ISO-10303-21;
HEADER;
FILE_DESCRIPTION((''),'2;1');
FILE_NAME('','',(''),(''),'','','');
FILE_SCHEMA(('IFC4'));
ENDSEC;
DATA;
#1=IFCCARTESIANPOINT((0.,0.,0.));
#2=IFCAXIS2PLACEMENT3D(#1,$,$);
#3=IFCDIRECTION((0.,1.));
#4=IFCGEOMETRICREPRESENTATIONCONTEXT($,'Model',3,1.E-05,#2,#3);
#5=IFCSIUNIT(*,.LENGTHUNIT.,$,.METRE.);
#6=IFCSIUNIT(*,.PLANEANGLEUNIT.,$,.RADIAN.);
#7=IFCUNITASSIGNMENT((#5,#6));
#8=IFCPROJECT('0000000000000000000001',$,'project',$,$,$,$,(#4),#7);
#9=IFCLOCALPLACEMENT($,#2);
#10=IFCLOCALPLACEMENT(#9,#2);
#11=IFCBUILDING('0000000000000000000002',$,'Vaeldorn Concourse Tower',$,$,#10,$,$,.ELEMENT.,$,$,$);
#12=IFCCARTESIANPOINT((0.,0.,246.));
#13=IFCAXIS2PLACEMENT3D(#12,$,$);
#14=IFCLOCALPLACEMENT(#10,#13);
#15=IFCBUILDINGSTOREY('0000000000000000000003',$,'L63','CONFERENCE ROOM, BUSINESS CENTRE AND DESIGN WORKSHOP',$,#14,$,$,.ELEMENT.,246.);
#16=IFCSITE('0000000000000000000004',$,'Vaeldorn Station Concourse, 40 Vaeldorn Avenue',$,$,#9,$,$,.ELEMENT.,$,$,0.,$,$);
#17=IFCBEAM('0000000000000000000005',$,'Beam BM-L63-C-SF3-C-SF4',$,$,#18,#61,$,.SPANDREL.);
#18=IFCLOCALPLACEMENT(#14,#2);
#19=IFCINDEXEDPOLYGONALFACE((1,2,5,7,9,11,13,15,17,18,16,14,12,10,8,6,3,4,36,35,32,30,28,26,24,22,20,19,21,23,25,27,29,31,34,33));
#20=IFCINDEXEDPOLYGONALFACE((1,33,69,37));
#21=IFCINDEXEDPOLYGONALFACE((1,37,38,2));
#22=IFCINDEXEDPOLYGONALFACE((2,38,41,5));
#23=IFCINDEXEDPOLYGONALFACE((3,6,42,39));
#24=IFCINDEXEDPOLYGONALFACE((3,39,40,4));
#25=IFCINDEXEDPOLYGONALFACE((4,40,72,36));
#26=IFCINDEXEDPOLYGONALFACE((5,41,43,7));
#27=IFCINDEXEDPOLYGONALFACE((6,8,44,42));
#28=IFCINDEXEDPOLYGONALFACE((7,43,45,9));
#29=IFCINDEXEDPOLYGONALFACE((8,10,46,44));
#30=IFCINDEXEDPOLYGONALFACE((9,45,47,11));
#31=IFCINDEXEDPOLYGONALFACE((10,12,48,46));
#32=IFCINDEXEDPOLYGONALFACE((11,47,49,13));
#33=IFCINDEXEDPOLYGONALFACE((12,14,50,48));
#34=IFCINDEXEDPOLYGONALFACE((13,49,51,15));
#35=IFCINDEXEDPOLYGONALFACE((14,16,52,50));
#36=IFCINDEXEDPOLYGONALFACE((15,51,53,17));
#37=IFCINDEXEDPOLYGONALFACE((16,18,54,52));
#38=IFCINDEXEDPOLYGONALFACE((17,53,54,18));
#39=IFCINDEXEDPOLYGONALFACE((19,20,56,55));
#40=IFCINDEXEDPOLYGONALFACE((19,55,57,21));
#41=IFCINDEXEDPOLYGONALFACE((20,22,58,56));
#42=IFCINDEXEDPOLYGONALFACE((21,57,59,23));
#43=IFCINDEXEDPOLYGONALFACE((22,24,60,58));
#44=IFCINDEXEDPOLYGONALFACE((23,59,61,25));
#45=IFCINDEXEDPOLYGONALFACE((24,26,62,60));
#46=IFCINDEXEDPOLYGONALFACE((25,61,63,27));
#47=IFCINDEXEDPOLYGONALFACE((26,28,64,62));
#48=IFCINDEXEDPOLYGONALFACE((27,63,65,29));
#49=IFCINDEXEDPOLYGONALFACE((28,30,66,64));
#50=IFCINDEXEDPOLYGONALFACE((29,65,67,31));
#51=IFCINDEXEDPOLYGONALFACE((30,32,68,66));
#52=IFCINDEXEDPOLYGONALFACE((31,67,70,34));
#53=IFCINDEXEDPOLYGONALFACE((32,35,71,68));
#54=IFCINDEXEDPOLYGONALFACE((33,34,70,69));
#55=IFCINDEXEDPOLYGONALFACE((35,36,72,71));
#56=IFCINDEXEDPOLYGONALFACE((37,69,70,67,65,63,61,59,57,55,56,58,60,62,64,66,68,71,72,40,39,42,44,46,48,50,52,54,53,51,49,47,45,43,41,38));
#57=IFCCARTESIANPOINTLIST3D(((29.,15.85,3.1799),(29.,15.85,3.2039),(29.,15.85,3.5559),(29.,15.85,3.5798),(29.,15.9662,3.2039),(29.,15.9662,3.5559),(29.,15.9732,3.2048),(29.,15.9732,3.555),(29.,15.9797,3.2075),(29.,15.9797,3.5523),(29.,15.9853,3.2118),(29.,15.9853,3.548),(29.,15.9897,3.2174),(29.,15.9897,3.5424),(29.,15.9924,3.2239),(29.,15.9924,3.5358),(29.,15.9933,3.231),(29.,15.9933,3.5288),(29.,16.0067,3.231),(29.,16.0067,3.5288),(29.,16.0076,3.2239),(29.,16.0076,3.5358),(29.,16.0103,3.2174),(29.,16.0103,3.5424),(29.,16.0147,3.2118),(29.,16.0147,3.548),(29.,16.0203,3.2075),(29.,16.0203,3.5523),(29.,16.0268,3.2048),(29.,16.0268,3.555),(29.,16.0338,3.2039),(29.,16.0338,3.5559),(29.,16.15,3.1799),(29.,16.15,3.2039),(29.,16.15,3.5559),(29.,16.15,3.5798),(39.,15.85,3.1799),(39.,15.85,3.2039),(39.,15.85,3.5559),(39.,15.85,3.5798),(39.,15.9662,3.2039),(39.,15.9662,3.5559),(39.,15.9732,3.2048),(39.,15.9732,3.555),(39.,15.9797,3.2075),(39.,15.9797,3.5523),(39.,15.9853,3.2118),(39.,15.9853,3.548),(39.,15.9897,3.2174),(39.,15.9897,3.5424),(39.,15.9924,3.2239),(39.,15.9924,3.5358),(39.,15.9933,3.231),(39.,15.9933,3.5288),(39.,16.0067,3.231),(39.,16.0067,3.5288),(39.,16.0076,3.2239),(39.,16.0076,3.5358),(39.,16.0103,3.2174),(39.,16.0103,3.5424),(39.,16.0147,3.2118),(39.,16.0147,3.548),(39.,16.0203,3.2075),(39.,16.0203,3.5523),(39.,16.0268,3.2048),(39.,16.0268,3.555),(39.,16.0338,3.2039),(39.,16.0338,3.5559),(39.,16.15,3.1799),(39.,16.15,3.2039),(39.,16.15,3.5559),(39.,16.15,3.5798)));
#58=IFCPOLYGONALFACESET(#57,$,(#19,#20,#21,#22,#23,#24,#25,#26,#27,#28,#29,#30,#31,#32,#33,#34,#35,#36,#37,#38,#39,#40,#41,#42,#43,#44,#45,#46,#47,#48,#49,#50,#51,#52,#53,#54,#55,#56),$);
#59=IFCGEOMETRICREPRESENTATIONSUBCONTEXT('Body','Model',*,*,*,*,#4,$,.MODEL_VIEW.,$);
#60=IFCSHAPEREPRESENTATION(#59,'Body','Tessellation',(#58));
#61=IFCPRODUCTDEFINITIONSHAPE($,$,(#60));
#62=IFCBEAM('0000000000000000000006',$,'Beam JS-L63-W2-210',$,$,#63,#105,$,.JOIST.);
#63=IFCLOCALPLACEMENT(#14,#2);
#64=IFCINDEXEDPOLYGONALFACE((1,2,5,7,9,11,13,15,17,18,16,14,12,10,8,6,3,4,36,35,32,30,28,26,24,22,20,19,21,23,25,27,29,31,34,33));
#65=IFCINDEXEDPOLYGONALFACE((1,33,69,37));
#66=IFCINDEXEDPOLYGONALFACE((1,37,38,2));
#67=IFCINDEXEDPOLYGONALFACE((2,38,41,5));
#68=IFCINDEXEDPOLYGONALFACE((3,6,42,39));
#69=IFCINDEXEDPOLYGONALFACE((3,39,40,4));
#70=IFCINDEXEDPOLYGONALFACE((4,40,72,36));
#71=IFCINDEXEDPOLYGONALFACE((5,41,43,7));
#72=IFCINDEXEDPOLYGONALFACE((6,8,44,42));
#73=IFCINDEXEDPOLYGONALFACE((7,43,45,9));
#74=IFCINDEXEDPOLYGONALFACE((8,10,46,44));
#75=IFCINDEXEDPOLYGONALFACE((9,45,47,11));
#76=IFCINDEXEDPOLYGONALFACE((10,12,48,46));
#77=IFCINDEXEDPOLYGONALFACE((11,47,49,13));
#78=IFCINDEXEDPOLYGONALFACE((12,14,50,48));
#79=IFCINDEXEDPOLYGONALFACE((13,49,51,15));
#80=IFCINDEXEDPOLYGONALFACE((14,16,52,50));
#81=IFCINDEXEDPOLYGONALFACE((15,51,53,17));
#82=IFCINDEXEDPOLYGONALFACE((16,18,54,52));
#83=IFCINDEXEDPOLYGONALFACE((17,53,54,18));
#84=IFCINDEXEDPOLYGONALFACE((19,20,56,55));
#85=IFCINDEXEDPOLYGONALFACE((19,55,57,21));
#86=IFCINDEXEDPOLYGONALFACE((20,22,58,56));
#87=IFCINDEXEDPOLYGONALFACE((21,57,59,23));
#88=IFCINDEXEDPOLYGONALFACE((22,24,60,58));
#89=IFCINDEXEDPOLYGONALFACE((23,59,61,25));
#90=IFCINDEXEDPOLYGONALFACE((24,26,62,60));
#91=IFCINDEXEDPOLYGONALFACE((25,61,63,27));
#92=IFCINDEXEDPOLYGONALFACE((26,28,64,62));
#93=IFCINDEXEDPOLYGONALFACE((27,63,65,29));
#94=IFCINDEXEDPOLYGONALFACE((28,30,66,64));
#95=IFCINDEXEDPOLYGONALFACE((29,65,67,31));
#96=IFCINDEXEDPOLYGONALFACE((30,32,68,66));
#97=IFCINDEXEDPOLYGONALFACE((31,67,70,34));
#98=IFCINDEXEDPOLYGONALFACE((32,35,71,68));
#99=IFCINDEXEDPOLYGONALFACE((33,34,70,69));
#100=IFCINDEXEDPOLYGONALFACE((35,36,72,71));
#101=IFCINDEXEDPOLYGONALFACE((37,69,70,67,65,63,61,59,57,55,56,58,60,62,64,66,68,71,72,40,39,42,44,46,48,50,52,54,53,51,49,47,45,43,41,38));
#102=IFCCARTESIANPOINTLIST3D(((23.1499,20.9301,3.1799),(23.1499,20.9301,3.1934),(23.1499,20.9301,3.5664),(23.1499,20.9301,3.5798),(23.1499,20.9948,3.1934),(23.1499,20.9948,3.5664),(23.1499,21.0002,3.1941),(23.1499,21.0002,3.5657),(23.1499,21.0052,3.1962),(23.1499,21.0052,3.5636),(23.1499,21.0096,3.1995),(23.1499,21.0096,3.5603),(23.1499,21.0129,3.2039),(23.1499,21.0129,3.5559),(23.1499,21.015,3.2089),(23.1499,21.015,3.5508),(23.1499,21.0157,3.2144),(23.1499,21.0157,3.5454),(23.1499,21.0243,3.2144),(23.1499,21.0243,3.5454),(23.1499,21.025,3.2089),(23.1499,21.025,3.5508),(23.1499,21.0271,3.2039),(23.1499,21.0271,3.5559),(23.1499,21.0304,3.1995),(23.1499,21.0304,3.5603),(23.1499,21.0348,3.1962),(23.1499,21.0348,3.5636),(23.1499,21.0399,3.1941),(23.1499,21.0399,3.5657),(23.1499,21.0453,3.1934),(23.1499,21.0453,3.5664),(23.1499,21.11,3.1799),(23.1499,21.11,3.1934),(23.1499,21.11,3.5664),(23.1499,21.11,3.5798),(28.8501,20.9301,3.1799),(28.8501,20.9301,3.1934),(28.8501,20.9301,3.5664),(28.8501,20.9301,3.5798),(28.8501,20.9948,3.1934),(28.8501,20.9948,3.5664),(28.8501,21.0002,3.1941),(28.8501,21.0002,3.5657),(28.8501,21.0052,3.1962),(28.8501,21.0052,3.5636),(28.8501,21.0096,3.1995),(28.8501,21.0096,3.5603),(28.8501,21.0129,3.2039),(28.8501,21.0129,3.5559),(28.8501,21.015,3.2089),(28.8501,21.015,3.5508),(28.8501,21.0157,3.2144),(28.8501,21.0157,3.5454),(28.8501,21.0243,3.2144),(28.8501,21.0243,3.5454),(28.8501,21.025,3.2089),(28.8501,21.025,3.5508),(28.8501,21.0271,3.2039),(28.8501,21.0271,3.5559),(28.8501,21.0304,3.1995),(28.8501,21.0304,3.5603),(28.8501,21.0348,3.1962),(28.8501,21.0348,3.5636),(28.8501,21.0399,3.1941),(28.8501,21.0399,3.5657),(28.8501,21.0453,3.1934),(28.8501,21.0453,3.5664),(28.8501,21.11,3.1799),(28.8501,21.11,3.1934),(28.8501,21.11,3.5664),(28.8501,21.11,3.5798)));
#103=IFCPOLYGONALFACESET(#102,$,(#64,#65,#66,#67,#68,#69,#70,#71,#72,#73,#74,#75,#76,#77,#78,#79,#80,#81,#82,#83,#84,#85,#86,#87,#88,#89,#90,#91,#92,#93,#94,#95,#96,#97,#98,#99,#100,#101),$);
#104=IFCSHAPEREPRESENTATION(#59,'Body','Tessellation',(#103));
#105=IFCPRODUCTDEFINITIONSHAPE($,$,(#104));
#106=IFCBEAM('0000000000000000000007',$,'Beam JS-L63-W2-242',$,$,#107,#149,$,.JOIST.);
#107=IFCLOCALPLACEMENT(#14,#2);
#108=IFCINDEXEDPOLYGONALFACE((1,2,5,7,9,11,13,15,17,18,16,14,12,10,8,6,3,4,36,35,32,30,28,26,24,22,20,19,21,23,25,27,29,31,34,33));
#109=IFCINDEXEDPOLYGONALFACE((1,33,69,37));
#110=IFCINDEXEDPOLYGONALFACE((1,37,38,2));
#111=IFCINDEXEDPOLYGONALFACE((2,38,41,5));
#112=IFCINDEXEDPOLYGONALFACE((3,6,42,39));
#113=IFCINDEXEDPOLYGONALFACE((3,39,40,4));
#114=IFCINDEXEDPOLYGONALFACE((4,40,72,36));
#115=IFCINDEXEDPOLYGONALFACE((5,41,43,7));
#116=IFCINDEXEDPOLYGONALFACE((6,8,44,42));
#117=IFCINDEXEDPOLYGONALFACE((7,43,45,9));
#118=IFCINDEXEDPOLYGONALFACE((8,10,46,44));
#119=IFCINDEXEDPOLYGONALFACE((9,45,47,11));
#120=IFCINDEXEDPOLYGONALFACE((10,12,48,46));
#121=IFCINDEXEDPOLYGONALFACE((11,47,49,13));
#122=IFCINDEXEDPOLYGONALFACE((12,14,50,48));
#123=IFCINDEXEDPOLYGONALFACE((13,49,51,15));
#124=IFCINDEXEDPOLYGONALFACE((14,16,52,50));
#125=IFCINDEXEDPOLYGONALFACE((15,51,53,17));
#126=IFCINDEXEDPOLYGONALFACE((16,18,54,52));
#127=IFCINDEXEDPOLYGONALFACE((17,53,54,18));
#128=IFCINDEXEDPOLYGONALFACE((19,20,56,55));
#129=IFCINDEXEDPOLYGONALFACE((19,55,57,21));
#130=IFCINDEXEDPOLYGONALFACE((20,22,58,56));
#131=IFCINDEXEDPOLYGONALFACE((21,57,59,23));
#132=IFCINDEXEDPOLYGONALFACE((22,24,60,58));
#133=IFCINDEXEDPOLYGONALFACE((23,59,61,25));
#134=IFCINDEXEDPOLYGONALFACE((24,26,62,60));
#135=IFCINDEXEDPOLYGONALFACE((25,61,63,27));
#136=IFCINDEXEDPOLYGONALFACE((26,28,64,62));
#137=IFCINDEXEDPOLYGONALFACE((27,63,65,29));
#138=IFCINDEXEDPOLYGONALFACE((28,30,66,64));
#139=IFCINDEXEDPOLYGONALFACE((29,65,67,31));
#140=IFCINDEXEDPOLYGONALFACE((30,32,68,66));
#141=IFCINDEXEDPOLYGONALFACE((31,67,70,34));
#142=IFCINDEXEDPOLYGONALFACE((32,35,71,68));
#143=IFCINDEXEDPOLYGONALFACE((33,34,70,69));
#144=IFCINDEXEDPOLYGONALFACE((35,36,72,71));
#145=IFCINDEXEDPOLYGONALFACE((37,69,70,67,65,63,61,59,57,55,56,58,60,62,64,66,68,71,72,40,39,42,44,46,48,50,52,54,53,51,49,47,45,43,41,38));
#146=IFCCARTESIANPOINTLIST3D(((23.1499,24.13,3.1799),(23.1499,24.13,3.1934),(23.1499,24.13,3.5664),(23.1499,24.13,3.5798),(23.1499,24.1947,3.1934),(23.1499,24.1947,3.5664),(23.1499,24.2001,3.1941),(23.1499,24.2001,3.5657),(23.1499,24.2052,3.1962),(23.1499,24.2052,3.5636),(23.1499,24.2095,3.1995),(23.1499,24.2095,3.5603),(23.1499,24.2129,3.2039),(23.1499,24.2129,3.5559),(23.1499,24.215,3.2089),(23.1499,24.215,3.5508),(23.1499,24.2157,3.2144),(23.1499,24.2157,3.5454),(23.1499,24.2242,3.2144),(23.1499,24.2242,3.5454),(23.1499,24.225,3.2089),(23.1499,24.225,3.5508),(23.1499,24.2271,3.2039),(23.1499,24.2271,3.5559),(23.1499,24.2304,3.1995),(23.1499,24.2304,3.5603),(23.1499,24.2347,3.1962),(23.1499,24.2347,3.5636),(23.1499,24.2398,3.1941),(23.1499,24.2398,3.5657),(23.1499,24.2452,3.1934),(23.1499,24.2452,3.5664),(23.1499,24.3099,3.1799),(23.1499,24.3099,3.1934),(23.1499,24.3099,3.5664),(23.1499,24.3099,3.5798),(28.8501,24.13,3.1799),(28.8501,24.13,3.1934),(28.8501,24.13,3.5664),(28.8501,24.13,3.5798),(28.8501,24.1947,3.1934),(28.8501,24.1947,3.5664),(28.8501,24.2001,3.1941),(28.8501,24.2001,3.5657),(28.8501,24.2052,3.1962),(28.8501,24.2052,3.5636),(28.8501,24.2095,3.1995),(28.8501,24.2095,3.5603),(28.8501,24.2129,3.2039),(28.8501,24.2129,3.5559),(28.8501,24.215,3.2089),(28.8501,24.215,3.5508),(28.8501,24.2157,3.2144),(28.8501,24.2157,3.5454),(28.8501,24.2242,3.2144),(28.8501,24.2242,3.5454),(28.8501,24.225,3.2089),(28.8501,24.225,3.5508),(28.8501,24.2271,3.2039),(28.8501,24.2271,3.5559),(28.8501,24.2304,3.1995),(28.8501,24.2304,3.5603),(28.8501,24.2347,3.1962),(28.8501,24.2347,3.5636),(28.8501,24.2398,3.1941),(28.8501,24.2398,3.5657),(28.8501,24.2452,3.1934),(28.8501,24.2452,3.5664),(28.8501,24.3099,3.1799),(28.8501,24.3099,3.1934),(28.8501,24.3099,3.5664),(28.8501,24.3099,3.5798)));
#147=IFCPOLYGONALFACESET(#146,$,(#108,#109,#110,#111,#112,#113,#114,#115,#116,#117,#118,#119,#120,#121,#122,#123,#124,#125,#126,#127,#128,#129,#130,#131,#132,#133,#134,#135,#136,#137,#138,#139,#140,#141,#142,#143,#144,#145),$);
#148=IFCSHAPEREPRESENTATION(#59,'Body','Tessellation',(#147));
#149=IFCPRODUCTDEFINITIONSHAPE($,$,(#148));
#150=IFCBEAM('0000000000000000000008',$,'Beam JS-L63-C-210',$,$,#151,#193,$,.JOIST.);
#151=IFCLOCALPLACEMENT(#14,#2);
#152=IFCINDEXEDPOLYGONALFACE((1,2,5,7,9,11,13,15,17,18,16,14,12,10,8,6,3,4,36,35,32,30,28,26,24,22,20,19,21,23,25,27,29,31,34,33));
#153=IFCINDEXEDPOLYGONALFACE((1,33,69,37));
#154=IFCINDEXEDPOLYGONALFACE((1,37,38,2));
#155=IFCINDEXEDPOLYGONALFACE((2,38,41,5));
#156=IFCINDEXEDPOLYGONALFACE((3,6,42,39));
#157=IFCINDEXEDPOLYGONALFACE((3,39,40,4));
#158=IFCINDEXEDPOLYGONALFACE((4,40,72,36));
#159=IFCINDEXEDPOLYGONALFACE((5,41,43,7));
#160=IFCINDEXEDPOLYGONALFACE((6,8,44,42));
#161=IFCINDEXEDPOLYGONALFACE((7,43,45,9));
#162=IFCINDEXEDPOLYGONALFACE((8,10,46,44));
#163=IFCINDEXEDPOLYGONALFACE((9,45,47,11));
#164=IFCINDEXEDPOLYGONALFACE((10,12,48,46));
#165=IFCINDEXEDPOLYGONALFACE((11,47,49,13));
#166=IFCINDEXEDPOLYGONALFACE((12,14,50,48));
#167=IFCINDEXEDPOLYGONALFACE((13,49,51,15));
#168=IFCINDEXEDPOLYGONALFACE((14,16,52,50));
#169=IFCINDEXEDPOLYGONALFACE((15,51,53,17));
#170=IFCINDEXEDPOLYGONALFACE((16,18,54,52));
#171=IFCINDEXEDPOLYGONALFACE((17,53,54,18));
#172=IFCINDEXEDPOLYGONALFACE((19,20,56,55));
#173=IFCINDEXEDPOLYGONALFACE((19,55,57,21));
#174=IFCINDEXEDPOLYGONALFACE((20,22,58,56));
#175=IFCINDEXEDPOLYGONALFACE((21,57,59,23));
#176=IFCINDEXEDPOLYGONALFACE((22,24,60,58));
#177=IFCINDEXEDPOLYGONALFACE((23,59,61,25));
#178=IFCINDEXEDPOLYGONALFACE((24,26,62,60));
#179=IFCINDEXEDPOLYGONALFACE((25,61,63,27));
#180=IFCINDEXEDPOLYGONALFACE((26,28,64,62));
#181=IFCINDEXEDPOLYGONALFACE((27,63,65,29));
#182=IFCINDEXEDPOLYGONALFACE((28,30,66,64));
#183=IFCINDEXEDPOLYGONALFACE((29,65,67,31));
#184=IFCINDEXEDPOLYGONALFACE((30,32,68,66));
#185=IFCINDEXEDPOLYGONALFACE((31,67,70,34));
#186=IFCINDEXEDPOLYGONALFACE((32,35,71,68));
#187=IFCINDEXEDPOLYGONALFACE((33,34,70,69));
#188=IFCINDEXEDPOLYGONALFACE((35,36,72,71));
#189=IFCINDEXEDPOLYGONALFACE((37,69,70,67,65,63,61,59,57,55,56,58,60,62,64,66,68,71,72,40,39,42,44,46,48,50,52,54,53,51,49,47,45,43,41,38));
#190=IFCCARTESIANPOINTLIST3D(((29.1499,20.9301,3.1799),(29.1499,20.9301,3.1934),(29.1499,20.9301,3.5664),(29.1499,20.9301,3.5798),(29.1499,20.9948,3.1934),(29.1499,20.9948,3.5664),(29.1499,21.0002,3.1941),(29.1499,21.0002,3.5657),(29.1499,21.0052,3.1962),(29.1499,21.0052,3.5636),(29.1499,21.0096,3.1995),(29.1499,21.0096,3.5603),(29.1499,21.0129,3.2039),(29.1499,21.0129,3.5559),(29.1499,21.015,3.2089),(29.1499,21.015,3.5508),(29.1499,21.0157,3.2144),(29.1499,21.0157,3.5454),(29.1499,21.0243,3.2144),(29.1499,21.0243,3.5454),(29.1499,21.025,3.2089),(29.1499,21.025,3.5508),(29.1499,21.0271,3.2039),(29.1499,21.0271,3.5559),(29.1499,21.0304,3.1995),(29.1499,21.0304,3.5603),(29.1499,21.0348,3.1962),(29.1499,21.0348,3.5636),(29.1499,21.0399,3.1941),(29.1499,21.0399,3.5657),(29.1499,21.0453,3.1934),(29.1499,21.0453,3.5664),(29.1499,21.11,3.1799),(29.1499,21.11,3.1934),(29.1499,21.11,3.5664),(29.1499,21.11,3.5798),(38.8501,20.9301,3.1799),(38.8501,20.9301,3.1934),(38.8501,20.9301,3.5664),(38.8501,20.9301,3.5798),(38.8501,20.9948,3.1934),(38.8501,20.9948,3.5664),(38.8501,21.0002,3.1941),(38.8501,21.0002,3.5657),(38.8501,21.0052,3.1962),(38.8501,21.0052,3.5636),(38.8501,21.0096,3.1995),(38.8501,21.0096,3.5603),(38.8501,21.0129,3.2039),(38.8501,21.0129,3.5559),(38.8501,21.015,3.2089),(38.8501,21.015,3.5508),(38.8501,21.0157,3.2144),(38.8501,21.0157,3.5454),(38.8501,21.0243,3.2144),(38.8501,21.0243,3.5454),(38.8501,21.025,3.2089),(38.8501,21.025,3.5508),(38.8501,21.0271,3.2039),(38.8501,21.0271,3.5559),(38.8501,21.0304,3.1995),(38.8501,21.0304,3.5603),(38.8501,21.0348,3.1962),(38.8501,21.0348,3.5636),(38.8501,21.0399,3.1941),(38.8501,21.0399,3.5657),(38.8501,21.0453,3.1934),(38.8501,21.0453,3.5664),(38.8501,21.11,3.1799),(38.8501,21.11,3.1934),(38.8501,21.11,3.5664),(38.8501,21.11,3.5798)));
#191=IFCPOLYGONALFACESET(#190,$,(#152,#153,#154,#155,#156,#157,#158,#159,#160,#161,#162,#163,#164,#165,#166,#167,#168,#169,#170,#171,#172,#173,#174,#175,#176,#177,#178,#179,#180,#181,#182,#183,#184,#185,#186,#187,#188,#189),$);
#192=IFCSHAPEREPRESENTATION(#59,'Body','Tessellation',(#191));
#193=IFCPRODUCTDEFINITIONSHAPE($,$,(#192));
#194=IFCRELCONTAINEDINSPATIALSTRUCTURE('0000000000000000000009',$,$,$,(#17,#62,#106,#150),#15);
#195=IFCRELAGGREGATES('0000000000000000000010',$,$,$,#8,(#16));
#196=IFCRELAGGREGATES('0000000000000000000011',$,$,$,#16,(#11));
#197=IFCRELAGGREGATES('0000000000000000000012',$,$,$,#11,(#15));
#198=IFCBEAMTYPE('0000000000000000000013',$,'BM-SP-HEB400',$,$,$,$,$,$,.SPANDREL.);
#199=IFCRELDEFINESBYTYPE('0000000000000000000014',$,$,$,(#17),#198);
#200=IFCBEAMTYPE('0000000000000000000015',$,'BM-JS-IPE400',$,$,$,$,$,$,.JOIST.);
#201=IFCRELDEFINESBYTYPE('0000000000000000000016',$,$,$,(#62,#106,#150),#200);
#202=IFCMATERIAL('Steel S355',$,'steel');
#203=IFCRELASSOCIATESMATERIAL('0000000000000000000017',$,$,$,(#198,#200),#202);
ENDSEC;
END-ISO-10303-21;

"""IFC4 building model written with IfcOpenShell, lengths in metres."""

from ifc_helpers import new_model, si_unit, direction, frame, origin, origin_2d, place, context, subcontext, project, spatial, i_section, extrude, source, transform, mapped, material, material_profile, profile_set, type_object, element, save


model = new_model("IFC4")

# Units and contexts
model_context = context("Model", 3, precision=1e-05, world=origin(), true_north=direction((0.0, 1.0)))
body_context = subcontext(model_context, "Body", "Model", "MODEL_VIEW")
ifc_project = project(units=[si_unit("LENGTHUNIT", "METRE"), si_unit("PLANEANGLEUNIT", "RADIAN")], contexts=[model_context])

# Site, building, storey
site_placement = place(None, origin())
site = spatial("IfcSite", under=ifc_project, at=site_placement, Name="Vaeldorn Station Concourse, 40 Vaeldorn Avenue", CompositionType="ELEMENT", RefElevation=0.0)
building_placement = place(site_placement, origin())
building = spatial("IfcBuilding", under=site, at=building_placement, Name="Vaeldorn Concourse Tower", CompositionType="ELEMENT")
storey_placement = place(building_placement, frame((0.0, 0.0, 246.0)))
storey = spatial("IfcBuildingStorey", under=building, at=storey_placement, Name="L63", Description="CONFERENCE ROOM, BUSINESS CENTRE AND DESIGN WORKSHOP", CompositionType="ELEMENT", Elevation=246.0)

# Shared definitions
ifc_material_1 = material(Name="Steel S355", Category="steel")

# Beams
ifc_material_profile_1 = material_profile(ifc_material_1, i_section(OverallWidth=0.3, OverallDepth=0.3999, WebThickness=0.0134, FlangeThickness=0.0239, FilletRadius=0.0271, at=origin_2d()), Name="HEB 400")
ifc_profile_set_1 = profile_set([ifc_material_profile_1], Name="Steel S355")
beam_type_1 = type_object("IfcBeamType", Name="BM-SP-HEB400", PredefinedType="SPANDREL", material=ifc_profile_set_1)
shared_shape_1 = source(origin(), body_context, "Body", "SweptSolid", [
    extrude(i_section(OverallWidth=0.3, OverallDepth=0.3999, WebThickness=0.0134, FlangeThickness=0.0239, FilletRadius=0.0271, at=origin_2d()), origin(), (0.0, 0.0, 1.0), 10.0),
])
beam_1_placement = place(storey_placement, frame((29.0, 16.0, 3.3799), z_axis=(1.0, 0.0, 0.0), x_axis=(0.0, 1.0, 0.0)))
element("IfcBeam", 1, at=beam_1_placement, inside=storey, type_object=beam_type_1, Name="Beam BM-L63-C-SF3-C-SF4", PredefinedType="SPANDREL", context=body_context, shape_type="MappedRepresentation", body=[
    mapped(shared_shape_1, transform((0.0, 0.0, 0.0), scale=1.0)),
])
ifc_material_profile_2 = material_profile(ifc_material_1, i_section(OverallWidth=0.1799, OverallDepth=0.3999, WebThickness=0.0085, FlangeThickness=0.0134, FilletRadius=0.021, at=origin_2d()), Name="IPE 400")
ifc_profile_set_2 = profile_set([ifc_material_profile_2], Name="Steel S355")
beam_type_2 = type_object("IfcBeamType", Name="BM-JS-IPE400", PredefinedType="JOIST", material=ifc_profile_set_2)
shared_shape_2 = source(origin(), body_context, "Body", "SweptSolid", [
    extrude(i_section(OverallWidth=0.1799, OverallDepth=0.3999, WebThickness=0.0085, FlangeThickness=0.0134, FilletRadius=0.021, at=origin_2d()), origin(), (0.0, 0.0, 1.0), 5.7002),
])
for number, where, z_axis, x_axis, name in (
    (2, (23.1499, 21.02, 3.3799), (1.0, 0.0, 0.0), (0.0, 1.0, 0.0), "Beam JS-L63-W2-210"),
    (3, (23.1499, 24.22, 3.3799), (1.0, 0.0, 0.0), (0.0, 1.0, 0.0), "Beam JS-L63-W2-242"),
):
    element("IfcBeam", number, at=place(storey_placement, frame(where, z_axis=z_axis, x_axis=x_axis)), inside=storey, type_object=beam_type_2, Name=name, PredefinedType="JOIST", context=body_context, shape_type="MappedRepresentation", body=[
        mapped(shared_shape_2, transform((0.0, 0.0, 0.0), scale=1.0)),
    ])
shared_shape_3 = source(origin(), body_context, "Body", "SweptSolid", [
    extrude(i_section(OverallWidth=0.1799, OverallDepth=0.3999, WebThickness=0.0085, FlangeThickness=0.0134, FilletRadius=0.021, at=origin_2d()), origin(), (0.0, 0.0, 1.0), 9.7002),
])
for number, where, z_axis, x_axis, name in (
    (4, (29.1499, 21.02, 3.3799), (1.0, 0.0, 0.0), (0.0, 1.0, 0.0), "Beam JS-L63-C-210"),
):
    element("IfcBeam", number, at=place(storey_placement, frame(where, z_axis=z_axis, x_axis=x_axis)), inside=storey, type_object=beam_type_2, Name=name, PredefinedType="JOIST", context=body_context, shape_type="MappedRepresentation", body=[
        mapped(shared_shape_3, transform((0.0, 0.0, 0.0), scale=1.0)),
    ])

save(model, "model.ifc")
